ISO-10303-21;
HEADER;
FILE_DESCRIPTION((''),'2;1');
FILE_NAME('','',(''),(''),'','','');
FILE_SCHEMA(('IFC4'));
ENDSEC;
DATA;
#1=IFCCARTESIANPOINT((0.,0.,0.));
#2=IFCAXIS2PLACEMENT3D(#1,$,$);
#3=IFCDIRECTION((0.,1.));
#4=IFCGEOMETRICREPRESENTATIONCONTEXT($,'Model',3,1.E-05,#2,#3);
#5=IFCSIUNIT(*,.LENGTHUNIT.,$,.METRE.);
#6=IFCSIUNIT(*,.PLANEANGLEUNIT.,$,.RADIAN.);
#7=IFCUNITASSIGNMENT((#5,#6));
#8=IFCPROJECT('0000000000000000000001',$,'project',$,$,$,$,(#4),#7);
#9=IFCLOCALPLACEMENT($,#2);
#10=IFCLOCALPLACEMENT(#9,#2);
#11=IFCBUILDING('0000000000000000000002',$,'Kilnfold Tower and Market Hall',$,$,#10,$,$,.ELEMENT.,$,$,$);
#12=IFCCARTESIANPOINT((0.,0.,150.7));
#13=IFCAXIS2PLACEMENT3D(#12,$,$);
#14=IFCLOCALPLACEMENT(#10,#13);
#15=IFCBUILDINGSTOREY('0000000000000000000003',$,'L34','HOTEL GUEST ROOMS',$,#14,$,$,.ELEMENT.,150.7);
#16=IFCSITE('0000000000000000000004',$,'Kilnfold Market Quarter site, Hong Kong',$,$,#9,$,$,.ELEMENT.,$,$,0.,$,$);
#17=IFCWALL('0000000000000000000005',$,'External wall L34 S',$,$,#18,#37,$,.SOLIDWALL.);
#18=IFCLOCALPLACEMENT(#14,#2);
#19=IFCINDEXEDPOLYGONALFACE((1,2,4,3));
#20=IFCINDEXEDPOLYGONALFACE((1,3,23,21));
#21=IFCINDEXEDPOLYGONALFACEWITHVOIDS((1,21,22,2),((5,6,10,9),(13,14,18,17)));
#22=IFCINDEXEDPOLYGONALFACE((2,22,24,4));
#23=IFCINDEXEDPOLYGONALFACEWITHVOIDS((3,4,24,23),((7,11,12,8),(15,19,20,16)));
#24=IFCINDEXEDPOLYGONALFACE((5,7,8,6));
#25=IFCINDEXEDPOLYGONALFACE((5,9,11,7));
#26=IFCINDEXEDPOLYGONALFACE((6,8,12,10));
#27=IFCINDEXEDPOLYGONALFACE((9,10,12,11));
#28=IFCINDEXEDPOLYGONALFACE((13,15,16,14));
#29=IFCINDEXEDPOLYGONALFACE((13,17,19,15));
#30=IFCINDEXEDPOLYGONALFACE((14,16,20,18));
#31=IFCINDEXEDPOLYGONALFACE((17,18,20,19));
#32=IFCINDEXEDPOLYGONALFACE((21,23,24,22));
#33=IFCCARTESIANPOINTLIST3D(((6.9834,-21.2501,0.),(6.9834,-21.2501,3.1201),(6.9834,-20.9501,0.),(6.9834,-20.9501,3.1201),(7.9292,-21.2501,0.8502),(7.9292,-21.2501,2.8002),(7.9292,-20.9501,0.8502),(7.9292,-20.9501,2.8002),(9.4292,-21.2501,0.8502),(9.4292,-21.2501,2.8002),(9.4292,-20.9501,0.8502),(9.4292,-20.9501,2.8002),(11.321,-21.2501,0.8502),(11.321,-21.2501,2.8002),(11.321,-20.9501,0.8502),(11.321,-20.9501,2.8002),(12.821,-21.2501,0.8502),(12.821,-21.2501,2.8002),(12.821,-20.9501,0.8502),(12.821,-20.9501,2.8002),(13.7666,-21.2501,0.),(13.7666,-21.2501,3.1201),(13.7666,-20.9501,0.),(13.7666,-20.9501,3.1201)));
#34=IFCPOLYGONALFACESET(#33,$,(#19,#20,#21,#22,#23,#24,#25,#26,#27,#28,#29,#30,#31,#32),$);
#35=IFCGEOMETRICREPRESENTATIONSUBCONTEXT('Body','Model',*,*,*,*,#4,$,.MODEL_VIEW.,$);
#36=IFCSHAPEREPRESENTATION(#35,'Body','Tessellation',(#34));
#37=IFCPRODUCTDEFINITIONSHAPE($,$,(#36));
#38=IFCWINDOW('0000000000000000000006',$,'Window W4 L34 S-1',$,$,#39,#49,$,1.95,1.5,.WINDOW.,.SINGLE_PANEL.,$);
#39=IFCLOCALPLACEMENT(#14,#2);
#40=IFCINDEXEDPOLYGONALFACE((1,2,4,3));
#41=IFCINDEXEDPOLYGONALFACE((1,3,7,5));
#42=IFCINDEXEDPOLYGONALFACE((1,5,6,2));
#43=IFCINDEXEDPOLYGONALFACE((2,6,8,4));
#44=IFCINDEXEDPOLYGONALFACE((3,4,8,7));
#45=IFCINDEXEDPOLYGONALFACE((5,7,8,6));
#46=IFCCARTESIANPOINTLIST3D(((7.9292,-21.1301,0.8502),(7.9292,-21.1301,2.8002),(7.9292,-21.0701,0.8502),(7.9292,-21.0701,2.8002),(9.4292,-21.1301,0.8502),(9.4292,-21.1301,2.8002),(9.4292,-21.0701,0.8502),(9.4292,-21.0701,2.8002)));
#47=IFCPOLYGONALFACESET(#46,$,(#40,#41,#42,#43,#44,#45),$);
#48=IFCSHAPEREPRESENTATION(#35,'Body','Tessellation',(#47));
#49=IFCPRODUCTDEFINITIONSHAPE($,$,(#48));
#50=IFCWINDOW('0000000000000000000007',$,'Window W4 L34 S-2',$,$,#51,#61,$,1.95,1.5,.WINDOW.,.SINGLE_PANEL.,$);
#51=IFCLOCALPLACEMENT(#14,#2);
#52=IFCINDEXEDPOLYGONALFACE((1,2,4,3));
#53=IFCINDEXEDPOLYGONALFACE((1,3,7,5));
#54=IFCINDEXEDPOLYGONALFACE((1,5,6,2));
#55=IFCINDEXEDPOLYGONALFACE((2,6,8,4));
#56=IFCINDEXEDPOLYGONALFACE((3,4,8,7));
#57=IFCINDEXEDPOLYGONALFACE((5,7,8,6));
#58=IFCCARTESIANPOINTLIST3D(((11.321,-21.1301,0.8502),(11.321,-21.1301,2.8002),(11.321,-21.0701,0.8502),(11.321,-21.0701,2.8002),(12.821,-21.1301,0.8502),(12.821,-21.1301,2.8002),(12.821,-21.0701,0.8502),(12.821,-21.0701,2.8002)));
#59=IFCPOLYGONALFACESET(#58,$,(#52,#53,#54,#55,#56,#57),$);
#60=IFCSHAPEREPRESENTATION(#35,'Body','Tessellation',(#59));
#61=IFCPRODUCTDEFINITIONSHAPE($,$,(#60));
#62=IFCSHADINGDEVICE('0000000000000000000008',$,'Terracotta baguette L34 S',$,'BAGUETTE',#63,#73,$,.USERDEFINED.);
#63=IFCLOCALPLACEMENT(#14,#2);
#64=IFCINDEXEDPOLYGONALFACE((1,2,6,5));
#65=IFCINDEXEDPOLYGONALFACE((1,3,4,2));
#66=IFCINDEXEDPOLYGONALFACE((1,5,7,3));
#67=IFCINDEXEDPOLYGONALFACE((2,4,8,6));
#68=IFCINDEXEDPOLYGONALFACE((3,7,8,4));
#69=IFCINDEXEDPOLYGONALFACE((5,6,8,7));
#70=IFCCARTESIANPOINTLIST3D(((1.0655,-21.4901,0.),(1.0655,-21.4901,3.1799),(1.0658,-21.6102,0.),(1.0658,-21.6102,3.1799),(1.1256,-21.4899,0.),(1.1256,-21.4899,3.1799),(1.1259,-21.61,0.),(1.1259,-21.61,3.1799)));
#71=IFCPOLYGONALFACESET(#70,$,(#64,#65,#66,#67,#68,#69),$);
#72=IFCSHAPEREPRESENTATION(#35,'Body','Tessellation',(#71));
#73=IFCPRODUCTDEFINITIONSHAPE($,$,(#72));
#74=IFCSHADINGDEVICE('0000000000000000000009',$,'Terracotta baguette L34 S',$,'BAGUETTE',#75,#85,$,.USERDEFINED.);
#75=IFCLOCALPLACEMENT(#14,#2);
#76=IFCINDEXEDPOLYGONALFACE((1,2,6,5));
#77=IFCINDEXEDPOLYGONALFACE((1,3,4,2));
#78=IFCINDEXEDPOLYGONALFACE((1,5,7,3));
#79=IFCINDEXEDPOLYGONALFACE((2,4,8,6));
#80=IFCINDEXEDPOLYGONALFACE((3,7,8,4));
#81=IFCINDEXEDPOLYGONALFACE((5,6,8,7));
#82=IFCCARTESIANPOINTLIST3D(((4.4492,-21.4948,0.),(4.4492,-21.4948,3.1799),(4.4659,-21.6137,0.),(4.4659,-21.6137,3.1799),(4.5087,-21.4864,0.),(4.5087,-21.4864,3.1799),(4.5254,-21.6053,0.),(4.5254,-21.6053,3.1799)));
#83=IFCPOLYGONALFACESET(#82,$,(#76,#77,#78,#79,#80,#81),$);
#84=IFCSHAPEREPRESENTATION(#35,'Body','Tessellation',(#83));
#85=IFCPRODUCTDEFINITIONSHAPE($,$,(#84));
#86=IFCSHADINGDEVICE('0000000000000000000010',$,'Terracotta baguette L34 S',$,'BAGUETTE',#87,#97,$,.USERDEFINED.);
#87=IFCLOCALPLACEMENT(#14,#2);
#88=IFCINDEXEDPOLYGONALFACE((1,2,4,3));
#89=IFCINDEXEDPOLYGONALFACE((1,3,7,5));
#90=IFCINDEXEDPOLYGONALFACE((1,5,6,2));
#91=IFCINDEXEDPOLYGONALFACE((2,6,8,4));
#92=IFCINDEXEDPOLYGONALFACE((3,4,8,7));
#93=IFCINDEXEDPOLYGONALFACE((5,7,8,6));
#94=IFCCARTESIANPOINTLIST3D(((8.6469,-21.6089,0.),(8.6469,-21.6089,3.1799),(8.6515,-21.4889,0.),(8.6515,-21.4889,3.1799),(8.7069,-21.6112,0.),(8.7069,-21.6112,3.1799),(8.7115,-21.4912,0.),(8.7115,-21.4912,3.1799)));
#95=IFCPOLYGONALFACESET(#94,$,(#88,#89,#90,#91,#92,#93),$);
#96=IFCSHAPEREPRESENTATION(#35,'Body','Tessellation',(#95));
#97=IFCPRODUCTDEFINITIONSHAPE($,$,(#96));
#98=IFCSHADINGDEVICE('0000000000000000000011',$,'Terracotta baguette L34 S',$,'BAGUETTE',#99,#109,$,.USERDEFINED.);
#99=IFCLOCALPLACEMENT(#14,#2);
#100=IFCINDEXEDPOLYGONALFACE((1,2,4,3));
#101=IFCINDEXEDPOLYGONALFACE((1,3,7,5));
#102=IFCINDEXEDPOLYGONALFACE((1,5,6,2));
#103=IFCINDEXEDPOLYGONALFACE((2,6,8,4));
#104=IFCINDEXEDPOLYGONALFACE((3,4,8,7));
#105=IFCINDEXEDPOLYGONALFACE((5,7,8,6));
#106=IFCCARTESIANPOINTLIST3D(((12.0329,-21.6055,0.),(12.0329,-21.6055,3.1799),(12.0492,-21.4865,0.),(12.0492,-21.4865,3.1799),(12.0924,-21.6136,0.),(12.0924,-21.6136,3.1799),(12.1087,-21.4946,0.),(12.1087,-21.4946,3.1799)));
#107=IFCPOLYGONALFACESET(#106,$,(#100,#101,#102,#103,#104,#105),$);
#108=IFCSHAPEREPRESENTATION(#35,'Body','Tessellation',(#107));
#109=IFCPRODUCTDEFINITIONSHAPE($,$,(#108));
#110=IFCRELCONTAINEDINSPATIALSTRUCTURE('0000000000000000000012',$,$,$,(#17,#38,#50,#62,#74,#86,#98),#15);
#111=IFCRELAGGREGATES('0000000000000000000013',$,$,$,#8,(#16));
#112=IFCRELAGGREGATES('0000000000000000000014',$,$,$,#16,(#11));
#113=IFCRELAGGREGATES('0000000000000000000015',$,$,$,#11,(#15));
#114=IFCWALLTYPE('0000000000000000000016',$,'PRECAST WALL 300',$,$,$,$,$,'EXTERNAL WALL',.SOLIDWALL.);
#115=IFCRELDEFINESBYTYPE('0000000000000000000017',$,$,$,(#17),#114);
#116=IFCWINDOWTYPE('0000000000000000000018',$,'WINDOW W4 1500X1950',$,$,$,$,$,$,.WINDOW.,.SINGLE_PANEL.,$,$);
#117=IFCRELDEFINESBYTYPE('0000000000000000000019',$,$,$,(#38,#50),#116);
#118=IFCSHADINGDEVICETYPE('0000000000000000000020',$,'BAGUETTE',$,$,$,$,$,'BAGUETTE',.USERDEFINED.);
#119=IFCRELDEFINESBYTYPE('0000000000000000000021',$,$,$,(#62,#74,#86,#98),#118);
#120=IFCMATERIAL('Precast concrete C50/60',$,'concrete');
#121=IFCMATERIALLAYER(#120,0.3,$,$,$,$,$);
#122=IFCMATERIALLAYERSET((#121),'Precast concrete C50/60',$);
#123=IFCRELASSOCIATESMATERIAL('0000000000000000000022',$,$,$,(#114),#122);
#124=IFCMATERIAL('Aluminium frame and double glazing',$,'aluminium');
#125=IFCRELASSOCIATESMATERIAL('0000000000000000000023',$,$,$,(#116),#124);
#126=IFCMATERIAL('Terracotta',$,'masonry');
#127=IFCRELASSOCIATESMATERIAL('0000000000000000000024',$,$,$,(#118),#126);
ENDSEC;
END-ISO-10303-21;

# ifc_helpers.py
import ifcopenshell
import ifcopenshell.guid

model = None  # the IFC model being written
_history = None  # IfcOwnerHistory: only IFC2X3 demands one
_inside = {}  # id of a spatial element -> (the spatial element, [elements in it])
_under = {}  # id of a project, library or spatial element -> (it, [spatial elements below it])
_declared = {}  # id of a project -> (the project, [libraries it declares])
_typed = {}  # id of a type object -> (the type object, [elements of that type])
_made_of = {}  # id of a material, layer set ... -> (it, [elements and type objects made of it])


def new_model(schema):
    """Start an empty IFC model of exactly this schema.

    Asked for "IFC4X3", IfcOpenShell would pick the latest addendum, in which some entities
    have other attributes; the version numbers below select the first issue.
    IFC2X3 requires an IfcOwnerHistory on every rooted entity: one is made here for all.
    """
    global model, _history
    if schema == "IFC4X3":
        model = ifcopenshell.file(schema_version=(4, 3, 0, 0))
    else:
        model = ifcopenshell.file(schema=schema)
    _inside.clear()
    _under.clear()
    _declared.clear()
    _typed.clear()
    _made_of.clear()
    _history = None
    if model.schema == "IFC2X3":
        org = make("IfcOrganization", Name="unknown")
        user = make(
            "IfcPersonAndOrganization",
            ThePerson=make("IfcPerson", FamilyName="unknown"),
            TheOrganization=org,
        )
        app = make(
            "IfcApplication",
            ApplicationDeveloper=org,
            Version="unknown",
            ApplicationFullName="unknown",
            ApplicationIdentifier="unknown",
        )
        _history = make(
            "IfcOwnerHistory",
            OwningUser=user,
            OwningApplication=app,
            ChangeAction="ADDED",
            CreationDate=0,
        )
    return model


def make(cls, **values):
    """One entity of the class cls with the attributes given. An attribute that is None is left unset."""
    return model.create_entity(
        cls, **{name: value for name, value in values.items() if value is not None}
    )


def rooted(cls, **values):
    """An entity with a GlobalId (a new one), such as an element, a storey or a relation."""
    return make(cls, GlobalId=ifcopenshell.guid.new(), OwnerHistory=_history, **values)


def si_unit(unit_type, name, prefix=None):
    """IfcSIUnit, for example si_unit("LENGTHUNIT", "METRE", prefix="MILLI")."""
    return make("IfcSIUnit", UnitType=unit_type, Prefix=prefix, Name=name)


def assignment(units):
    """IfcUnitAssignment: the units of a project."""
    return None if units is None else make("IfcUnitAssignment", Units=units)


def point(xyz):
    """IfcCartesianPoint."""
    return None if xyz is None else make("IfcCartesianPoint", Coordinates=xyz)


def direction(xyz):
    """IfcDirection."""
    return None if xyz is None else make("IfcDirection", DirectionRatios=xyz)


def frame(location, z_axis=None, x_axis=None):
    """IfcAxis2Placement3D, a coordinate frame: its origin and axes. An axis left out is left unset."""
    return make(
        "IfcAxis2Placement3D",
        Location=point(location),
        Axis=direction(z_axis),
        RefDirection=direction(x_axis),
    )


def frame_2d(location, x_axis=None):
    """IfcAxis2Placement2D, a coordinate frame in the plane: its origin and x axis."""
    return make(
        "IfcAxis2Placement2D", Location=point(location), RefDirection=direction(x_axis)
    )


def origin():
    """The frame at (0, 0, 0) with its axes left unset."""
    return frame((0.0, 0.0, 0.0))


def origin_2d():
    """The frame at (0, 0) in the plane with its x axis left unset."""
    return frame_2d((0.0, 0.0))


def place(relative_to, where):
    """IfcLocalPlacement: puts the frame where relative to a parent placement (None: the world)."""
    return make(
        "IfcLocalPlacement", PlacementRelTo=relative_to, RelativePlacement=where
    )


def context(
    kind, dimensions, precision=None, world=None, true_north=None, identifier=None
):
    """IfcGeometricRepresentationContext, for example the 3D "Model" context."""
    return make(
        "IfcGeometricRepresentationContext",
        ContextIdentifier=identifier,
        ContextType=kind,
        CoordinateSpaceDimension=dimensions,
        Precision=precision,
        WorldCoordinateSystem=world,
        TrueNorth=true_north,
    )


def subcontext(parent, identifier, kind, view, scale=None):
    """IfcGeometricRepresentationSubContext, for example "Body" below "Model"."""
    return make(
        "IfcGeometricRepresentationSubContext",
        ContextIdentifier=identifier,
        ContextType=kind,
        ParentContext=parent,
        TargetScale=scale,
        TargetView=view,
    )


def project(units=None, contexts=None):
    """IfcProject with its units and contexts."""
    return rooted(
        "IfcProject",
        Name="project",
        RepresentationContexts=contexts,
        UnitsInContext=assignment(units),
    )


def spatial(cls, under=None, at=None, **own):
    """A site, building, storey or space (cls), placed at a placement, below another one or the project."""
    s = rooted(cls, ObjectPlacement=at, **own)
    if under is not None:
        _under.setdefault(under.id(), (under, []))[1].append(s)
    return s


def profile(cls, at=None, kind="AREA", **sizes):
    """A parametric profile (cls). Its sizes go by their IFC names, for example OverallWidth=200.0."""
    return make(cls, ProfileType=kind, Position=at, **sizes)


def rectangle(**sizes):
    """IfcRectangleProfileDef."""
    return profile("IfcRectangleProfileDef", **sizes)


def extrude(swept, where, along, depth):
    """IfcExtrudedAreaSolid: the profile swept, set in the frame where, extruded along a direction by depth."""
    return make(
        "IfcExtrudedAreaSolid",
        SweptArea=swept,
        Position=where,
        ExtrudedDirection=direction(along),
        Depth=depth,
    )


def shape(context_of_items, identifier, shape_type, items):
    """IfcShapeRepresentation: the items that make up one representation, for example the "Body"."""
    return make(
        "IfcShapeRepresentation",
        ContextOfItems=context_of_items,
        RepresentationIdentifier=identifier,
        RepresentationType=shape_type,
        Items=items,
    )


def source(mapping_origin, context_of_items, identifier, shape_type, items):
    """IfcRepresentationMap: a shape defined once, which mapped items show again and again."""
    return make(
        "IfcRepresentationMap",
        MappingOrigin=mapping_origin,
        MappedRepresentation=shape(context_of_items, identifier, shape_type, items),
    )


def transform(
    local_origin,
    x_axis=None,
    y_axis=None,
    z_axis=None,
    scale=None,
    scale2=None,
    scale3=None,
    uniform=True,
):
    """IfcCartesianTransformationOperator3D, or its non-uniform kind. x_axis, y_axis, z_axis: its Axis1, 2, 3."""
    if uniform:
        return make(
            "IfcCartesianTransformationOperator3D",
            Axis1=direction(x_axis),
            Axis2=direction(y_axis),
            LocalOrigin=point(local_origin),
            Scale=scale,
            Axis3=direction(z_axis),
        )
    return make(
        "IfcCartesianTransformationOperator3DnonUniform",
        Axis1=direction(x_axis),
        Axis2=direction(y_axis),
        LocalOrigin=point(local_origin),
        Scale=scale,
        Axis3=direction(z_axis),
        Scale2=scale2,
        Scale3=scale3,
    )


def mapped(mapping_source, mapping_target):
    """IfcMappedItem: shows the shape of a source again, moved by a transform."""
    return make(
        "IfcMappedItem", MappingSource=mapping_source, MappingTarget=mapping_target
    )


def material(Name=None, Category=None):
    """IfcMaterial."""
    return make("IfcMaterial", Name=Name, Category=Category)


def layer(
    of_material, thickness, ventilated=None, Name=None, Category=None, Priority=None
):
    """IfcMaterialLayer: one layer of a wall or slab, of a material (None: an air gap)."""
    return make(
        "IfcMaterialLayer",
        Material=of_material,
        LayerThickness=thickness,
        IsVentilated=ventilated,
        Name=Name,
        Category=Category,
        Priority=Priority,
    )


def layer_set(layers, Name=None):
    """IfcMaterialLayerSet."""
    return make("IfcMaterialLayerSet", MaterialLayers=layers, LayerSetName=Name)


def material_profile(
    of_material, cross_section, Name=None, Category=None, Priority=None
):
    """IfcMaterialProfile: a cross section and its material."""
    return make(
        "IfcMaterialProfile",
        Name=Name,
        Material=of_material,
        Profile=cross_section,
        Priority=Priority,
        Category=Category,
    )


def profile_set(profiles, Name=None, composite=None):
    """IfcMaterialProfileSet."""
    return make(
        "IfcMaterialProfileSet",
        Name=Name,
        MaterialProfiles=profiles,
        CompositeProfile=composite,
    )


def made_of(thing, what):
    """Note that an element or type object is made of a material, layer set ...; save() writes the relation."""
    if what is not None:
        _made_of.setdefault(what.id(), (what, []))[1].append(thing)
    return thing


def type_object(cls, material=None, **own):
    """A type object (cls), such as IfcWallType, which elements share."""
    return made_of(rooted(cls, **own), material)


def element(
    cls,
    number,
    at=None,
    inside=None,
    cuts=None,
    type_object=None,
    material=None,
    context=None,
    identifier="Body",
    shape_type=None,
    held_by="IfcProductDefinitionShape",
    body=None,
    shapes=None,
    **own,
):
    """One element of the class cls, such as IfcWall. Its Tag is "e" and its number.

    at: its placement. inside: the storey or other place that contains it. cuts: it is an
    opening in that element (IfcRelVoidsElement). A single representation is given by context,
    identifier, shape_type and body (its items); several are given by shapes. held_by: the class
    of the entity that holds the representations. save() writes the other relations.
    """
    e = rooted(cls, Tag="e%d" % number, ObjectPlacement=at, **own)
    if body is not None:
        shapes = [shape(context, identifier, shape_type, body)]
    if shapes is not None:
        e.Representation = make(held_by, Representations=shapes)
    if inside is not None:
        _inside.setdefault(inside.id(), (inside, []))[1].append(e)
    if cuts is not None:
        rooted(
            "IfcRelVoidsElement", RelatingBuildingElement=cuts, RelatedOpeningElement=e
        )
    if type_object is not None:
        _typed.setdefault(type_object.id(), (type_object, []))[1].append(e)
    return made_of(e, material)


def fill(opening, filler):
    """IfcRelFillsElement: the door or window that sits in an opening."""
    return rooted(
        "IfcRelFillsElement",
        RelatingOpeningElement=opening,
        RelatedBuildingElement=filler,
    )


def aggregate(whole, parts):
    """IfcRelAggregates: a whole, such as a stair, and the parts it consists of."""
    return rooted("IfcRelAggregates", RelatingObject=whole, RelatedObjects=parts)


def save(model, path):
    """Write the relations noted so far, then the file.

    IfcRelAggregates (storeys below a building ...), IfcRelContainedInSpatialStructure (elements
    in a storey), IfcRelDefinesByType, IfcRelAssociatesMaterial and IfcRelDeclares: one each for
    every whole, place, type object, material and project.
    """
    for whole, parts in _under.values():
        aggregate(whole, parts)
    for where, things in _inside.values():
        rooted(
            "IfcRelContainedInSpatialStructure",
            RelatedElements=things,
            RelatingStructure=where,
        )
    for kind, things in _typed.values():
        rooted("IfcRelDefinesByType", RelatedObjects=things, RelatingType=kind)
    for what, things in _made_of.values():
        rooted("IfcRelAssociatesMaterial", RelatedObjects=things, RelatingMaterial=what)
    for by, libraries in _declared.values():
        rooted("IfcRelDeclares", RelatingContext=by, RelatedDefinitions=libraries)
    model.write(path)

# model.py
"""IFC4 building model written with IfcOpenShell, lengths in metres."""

from ifc_helpers import new_model, si_unit, direction, frame, frame_2d, origin, origin_2d, place, context, subcontext, project, spatial, rectangle, extrude, source, transform, mapped, material, layer, layer_set, material_profile, profile_set, type_object, element, fill, save


model = new_model("IFC4")

# Units and contexts
model_context = context("Model", 3, precision=1e-05, world=origin(), true_north=direction((0.0, 1.0)))
body_context = subcontext(model_context, "Body", "Model", "MODEL_VIEW")
ifc_project = project(units=[si_unit("LENGTHUNIT", "METRE"), si_unit("PLANEANGLEUNIT", "RADIAN")], contexts=[model_context])

# Site, building, storey
site_placement = place(None, origin())
site = spatial("IfcSite", under=ifc_project, at=site_placement, Name="Kilnfold Market Quarter site, Hong Kong", CompositionType="ELEMENT", RefElevation=0.0)
building_placement = place(site_placement, origin())
building = spatial("IfcBuilding", under=site, at=building_placement, Name="Kilnfold Tower and Market Hall", CompositionType="ELEMENT")
storey_placement = place(building_placement, frame((0.0, 0.0, 150.7)))
storey = spatial("IfcBuildingStorey", under=building, at=storey_placement, Name="L34", Description="HOTEL GUEST ROOMS", CompositionType="ELEMENT", Elevation=150.7)

# Wall, openings, windows
ifc_material_1 = material(Name="Precast concrete C50/60", Category="concrete")
ifc_layer_1 = layer(ifc_material_1, 0.3)
ifc_layer_set_1 = layer_set([ifc_layer_1], Name="Precast concrete C50/60")
wall_type_1 = type_object("IfcWallType", Name="PRECAST WALL 300", ElementType="EXTERNAL WALL", PredefinedType="SOLIDWALL", material=ifc_layer_set_1)
ifc_material_2 = material(Name="Aluminium frame and double glazing", Category="aluminium")
window_type = type_object("IfcWindowType", Name="WINDOW W4 1500X1950", PartitioningType="SINGLE_PANEL", PredefinedType="WINDOW", material=ifc_material_2)
shared_shape_1 = source(origin(), body_context, "Body", "SweptSolid", [
    extrude(rectangle(XDim=6.7832, YDim=0.3, at=frame_2d((3.3916, 0.0))), origin(), (0.0, 0.0, 1.0), 3.1201),
])
wall_1_placement = place(storey_placement, frame((6.9834, -21.1001, 0.0), z_axis=(0.0, 0.0, 1.0), x_axis=(1.0, 0.0, 0.0)))
wall_1 = element("IfcWall", 1, at=wall_1_placement, inside=storey, type_object=wall_type_1, Name="External wall L34 S", PredefinedType="SOLIDWALL", context=body_context, shape_type="MappedRepresentation", body=[
    mapped(shared_shape_1, transform((0.0, 0.0, 0.0))),
])
opening_1_placement = place(wall_1_placement, frame((0.9458, 0.0, 0.8501)))
opening_1 = element("IfcOpeningElement", 2, at=opening_1_placement, cuts=wall_1, PredefinedType="OPENING", context=body_context, shape_type="SweptSolid", body=[
    extrude(rectangle(XDim=1.5, YDim=1.95, at=frame_2d((0.75, 0.9751))), frame((0.0, 0.1602, 0.0), z_axis=(0.0, -1.0, 0.0), x_axis=(1.0, 0.0, 0.0)), (0.0, 0.0, 1.0), 0.3201),
])
opening_2_placement = place(wall_1_placement, frame((4.3376, 0.0, 0.8501)))
opening_2 = element("IfcOpeningElement", 3, at=opening_2_placement, cuts=wall_1, PredefinedType="OPENING", context=body_context, shape_type="SweptSolid", body=[
    extrude(rectangle(XDim=1.5, YDim=1.95, at=frame_2d((0.75, 0.9751))), frame((0.0, 0.1602, 0.0), z_axis=(0.0, -1.0, 0.0), x_axis=(1.0, 0.0, 0.0)), (0.0, 0.0, 1.0), 0.3201),
])
window_1_placement = place(opening_1_placement, origin())
window_1 = element("IfcWindow", 4, at=window_1_placement, inside=storey, type_object=window_type, Name="Window W4 L34 S-1", OverallHeight=1.95, OverallWidth=1.5, PartitioningType="SINGLE_PANEL", PredefinedType="WINDOW", context=body_context, shape_type="SweptSolid", body=[
    extrude(rectangle(XDim=1.5, YDim=1.95, at=frame_2d((0.75, 0.9751))), frame((0.0, 0.03, 0.0), z_axis=(0.0, -1.0, 0.0), x_axis=(1.0, 0.0, 0.0)), (0.0, 0.0, 1.0), 0.0601),
])
fill(opening_1, window_1)
window_2_placement = place(opening_2_placement, origin())
window_2 = element("IfcWindow", 5, at=window_2_placement, inside=storey, type_object=window_type, Name="Window W4 L34 S-2", OverallHeight=1.95, OverallWidth=1.5, PartitioningType="SINGLE_PANEL", PredefinedType="WINDOW", context=body_context, shape_type="SweptSolid", body=[
    extrude(rectangle(XDim=1.5, YDim=1.95, at=frame_2d((0.75, 0.9751))), frame((0.0, 0.03, 0.0), z_axis=(0.0, -1.0, 0.0), x_axis=(1.0, 0.0, 0.0)), (0.0, 0.0, 1.0), 0.0601),
])
fill(opening_2, window_2)

# Shading devices
ifc_material_3 = material(Name="Terracotta", Category="masonry")
ifc_material_profile_1 = material_profile(ifc_material_3, rectangle(XDim=0.0601, YDim=0.1201, at=origin_2d()), Name="BAG 60x120")
ifc_profile_set_1 = profile_set([ifc_material_profile_1], Name="Terracotta")
shading_device_type = type_object("IfcShadingDeviceType", Name="BAGUETTE", ElementType="BAGUETTE", PredefinedType="USERDEFINED", material=ifc_profile_set_1)
shared_shape_2 = source(origin(), body_context, "Body", "SweptSolid", [
    extrude(rectangle(XDim=0.0601, YDim=0.1201, at=origin_2d()), origin(), (0.0, 0.0, 1.0), 3.1799),
])
for number, where, z_axis, x_axis, name in (
    (6, (1.0957, -21.55, 0.0), (0.0, 0.0, 1.0), (0.999997, 0.002368, 0.0), "Terracotta baguette L34 S"),
    (7, (4.4873, -21.55, 0.0), (0.0, 0.0, 1.0), (0.990278, 0.139104, 0.0), "Terracotta baguette L34 S"),
    (8, (8.6792, -21.55, 0.0), (0.0, 0.0, 1.0), (0.999262, -0.038412, 0.0), "Terracotta baguette L34 S"),
    (9, (12.0708, -21.55, 0.0), (0.0, 0.0, 1.0), (0.990774, -0.135525, 0.0), "Terracotta baguette L34 S"),
):
    element("IfcShadingDevice", number, at=place(storey_placement, frame(where, z_axis=z_axis, x_axis=x_axis)), inside=storey, type_object=shading_device_type, Name=name, ObjectType="BAGUETTE", PredefinedType="USERDEFINED", context=body_context, shape_type="MappedRepresentation", body=[
        mapped(shared_shape_2, transform((0.0, 0.0, 0.0))),
    ])

save(model, "model.ifc")
